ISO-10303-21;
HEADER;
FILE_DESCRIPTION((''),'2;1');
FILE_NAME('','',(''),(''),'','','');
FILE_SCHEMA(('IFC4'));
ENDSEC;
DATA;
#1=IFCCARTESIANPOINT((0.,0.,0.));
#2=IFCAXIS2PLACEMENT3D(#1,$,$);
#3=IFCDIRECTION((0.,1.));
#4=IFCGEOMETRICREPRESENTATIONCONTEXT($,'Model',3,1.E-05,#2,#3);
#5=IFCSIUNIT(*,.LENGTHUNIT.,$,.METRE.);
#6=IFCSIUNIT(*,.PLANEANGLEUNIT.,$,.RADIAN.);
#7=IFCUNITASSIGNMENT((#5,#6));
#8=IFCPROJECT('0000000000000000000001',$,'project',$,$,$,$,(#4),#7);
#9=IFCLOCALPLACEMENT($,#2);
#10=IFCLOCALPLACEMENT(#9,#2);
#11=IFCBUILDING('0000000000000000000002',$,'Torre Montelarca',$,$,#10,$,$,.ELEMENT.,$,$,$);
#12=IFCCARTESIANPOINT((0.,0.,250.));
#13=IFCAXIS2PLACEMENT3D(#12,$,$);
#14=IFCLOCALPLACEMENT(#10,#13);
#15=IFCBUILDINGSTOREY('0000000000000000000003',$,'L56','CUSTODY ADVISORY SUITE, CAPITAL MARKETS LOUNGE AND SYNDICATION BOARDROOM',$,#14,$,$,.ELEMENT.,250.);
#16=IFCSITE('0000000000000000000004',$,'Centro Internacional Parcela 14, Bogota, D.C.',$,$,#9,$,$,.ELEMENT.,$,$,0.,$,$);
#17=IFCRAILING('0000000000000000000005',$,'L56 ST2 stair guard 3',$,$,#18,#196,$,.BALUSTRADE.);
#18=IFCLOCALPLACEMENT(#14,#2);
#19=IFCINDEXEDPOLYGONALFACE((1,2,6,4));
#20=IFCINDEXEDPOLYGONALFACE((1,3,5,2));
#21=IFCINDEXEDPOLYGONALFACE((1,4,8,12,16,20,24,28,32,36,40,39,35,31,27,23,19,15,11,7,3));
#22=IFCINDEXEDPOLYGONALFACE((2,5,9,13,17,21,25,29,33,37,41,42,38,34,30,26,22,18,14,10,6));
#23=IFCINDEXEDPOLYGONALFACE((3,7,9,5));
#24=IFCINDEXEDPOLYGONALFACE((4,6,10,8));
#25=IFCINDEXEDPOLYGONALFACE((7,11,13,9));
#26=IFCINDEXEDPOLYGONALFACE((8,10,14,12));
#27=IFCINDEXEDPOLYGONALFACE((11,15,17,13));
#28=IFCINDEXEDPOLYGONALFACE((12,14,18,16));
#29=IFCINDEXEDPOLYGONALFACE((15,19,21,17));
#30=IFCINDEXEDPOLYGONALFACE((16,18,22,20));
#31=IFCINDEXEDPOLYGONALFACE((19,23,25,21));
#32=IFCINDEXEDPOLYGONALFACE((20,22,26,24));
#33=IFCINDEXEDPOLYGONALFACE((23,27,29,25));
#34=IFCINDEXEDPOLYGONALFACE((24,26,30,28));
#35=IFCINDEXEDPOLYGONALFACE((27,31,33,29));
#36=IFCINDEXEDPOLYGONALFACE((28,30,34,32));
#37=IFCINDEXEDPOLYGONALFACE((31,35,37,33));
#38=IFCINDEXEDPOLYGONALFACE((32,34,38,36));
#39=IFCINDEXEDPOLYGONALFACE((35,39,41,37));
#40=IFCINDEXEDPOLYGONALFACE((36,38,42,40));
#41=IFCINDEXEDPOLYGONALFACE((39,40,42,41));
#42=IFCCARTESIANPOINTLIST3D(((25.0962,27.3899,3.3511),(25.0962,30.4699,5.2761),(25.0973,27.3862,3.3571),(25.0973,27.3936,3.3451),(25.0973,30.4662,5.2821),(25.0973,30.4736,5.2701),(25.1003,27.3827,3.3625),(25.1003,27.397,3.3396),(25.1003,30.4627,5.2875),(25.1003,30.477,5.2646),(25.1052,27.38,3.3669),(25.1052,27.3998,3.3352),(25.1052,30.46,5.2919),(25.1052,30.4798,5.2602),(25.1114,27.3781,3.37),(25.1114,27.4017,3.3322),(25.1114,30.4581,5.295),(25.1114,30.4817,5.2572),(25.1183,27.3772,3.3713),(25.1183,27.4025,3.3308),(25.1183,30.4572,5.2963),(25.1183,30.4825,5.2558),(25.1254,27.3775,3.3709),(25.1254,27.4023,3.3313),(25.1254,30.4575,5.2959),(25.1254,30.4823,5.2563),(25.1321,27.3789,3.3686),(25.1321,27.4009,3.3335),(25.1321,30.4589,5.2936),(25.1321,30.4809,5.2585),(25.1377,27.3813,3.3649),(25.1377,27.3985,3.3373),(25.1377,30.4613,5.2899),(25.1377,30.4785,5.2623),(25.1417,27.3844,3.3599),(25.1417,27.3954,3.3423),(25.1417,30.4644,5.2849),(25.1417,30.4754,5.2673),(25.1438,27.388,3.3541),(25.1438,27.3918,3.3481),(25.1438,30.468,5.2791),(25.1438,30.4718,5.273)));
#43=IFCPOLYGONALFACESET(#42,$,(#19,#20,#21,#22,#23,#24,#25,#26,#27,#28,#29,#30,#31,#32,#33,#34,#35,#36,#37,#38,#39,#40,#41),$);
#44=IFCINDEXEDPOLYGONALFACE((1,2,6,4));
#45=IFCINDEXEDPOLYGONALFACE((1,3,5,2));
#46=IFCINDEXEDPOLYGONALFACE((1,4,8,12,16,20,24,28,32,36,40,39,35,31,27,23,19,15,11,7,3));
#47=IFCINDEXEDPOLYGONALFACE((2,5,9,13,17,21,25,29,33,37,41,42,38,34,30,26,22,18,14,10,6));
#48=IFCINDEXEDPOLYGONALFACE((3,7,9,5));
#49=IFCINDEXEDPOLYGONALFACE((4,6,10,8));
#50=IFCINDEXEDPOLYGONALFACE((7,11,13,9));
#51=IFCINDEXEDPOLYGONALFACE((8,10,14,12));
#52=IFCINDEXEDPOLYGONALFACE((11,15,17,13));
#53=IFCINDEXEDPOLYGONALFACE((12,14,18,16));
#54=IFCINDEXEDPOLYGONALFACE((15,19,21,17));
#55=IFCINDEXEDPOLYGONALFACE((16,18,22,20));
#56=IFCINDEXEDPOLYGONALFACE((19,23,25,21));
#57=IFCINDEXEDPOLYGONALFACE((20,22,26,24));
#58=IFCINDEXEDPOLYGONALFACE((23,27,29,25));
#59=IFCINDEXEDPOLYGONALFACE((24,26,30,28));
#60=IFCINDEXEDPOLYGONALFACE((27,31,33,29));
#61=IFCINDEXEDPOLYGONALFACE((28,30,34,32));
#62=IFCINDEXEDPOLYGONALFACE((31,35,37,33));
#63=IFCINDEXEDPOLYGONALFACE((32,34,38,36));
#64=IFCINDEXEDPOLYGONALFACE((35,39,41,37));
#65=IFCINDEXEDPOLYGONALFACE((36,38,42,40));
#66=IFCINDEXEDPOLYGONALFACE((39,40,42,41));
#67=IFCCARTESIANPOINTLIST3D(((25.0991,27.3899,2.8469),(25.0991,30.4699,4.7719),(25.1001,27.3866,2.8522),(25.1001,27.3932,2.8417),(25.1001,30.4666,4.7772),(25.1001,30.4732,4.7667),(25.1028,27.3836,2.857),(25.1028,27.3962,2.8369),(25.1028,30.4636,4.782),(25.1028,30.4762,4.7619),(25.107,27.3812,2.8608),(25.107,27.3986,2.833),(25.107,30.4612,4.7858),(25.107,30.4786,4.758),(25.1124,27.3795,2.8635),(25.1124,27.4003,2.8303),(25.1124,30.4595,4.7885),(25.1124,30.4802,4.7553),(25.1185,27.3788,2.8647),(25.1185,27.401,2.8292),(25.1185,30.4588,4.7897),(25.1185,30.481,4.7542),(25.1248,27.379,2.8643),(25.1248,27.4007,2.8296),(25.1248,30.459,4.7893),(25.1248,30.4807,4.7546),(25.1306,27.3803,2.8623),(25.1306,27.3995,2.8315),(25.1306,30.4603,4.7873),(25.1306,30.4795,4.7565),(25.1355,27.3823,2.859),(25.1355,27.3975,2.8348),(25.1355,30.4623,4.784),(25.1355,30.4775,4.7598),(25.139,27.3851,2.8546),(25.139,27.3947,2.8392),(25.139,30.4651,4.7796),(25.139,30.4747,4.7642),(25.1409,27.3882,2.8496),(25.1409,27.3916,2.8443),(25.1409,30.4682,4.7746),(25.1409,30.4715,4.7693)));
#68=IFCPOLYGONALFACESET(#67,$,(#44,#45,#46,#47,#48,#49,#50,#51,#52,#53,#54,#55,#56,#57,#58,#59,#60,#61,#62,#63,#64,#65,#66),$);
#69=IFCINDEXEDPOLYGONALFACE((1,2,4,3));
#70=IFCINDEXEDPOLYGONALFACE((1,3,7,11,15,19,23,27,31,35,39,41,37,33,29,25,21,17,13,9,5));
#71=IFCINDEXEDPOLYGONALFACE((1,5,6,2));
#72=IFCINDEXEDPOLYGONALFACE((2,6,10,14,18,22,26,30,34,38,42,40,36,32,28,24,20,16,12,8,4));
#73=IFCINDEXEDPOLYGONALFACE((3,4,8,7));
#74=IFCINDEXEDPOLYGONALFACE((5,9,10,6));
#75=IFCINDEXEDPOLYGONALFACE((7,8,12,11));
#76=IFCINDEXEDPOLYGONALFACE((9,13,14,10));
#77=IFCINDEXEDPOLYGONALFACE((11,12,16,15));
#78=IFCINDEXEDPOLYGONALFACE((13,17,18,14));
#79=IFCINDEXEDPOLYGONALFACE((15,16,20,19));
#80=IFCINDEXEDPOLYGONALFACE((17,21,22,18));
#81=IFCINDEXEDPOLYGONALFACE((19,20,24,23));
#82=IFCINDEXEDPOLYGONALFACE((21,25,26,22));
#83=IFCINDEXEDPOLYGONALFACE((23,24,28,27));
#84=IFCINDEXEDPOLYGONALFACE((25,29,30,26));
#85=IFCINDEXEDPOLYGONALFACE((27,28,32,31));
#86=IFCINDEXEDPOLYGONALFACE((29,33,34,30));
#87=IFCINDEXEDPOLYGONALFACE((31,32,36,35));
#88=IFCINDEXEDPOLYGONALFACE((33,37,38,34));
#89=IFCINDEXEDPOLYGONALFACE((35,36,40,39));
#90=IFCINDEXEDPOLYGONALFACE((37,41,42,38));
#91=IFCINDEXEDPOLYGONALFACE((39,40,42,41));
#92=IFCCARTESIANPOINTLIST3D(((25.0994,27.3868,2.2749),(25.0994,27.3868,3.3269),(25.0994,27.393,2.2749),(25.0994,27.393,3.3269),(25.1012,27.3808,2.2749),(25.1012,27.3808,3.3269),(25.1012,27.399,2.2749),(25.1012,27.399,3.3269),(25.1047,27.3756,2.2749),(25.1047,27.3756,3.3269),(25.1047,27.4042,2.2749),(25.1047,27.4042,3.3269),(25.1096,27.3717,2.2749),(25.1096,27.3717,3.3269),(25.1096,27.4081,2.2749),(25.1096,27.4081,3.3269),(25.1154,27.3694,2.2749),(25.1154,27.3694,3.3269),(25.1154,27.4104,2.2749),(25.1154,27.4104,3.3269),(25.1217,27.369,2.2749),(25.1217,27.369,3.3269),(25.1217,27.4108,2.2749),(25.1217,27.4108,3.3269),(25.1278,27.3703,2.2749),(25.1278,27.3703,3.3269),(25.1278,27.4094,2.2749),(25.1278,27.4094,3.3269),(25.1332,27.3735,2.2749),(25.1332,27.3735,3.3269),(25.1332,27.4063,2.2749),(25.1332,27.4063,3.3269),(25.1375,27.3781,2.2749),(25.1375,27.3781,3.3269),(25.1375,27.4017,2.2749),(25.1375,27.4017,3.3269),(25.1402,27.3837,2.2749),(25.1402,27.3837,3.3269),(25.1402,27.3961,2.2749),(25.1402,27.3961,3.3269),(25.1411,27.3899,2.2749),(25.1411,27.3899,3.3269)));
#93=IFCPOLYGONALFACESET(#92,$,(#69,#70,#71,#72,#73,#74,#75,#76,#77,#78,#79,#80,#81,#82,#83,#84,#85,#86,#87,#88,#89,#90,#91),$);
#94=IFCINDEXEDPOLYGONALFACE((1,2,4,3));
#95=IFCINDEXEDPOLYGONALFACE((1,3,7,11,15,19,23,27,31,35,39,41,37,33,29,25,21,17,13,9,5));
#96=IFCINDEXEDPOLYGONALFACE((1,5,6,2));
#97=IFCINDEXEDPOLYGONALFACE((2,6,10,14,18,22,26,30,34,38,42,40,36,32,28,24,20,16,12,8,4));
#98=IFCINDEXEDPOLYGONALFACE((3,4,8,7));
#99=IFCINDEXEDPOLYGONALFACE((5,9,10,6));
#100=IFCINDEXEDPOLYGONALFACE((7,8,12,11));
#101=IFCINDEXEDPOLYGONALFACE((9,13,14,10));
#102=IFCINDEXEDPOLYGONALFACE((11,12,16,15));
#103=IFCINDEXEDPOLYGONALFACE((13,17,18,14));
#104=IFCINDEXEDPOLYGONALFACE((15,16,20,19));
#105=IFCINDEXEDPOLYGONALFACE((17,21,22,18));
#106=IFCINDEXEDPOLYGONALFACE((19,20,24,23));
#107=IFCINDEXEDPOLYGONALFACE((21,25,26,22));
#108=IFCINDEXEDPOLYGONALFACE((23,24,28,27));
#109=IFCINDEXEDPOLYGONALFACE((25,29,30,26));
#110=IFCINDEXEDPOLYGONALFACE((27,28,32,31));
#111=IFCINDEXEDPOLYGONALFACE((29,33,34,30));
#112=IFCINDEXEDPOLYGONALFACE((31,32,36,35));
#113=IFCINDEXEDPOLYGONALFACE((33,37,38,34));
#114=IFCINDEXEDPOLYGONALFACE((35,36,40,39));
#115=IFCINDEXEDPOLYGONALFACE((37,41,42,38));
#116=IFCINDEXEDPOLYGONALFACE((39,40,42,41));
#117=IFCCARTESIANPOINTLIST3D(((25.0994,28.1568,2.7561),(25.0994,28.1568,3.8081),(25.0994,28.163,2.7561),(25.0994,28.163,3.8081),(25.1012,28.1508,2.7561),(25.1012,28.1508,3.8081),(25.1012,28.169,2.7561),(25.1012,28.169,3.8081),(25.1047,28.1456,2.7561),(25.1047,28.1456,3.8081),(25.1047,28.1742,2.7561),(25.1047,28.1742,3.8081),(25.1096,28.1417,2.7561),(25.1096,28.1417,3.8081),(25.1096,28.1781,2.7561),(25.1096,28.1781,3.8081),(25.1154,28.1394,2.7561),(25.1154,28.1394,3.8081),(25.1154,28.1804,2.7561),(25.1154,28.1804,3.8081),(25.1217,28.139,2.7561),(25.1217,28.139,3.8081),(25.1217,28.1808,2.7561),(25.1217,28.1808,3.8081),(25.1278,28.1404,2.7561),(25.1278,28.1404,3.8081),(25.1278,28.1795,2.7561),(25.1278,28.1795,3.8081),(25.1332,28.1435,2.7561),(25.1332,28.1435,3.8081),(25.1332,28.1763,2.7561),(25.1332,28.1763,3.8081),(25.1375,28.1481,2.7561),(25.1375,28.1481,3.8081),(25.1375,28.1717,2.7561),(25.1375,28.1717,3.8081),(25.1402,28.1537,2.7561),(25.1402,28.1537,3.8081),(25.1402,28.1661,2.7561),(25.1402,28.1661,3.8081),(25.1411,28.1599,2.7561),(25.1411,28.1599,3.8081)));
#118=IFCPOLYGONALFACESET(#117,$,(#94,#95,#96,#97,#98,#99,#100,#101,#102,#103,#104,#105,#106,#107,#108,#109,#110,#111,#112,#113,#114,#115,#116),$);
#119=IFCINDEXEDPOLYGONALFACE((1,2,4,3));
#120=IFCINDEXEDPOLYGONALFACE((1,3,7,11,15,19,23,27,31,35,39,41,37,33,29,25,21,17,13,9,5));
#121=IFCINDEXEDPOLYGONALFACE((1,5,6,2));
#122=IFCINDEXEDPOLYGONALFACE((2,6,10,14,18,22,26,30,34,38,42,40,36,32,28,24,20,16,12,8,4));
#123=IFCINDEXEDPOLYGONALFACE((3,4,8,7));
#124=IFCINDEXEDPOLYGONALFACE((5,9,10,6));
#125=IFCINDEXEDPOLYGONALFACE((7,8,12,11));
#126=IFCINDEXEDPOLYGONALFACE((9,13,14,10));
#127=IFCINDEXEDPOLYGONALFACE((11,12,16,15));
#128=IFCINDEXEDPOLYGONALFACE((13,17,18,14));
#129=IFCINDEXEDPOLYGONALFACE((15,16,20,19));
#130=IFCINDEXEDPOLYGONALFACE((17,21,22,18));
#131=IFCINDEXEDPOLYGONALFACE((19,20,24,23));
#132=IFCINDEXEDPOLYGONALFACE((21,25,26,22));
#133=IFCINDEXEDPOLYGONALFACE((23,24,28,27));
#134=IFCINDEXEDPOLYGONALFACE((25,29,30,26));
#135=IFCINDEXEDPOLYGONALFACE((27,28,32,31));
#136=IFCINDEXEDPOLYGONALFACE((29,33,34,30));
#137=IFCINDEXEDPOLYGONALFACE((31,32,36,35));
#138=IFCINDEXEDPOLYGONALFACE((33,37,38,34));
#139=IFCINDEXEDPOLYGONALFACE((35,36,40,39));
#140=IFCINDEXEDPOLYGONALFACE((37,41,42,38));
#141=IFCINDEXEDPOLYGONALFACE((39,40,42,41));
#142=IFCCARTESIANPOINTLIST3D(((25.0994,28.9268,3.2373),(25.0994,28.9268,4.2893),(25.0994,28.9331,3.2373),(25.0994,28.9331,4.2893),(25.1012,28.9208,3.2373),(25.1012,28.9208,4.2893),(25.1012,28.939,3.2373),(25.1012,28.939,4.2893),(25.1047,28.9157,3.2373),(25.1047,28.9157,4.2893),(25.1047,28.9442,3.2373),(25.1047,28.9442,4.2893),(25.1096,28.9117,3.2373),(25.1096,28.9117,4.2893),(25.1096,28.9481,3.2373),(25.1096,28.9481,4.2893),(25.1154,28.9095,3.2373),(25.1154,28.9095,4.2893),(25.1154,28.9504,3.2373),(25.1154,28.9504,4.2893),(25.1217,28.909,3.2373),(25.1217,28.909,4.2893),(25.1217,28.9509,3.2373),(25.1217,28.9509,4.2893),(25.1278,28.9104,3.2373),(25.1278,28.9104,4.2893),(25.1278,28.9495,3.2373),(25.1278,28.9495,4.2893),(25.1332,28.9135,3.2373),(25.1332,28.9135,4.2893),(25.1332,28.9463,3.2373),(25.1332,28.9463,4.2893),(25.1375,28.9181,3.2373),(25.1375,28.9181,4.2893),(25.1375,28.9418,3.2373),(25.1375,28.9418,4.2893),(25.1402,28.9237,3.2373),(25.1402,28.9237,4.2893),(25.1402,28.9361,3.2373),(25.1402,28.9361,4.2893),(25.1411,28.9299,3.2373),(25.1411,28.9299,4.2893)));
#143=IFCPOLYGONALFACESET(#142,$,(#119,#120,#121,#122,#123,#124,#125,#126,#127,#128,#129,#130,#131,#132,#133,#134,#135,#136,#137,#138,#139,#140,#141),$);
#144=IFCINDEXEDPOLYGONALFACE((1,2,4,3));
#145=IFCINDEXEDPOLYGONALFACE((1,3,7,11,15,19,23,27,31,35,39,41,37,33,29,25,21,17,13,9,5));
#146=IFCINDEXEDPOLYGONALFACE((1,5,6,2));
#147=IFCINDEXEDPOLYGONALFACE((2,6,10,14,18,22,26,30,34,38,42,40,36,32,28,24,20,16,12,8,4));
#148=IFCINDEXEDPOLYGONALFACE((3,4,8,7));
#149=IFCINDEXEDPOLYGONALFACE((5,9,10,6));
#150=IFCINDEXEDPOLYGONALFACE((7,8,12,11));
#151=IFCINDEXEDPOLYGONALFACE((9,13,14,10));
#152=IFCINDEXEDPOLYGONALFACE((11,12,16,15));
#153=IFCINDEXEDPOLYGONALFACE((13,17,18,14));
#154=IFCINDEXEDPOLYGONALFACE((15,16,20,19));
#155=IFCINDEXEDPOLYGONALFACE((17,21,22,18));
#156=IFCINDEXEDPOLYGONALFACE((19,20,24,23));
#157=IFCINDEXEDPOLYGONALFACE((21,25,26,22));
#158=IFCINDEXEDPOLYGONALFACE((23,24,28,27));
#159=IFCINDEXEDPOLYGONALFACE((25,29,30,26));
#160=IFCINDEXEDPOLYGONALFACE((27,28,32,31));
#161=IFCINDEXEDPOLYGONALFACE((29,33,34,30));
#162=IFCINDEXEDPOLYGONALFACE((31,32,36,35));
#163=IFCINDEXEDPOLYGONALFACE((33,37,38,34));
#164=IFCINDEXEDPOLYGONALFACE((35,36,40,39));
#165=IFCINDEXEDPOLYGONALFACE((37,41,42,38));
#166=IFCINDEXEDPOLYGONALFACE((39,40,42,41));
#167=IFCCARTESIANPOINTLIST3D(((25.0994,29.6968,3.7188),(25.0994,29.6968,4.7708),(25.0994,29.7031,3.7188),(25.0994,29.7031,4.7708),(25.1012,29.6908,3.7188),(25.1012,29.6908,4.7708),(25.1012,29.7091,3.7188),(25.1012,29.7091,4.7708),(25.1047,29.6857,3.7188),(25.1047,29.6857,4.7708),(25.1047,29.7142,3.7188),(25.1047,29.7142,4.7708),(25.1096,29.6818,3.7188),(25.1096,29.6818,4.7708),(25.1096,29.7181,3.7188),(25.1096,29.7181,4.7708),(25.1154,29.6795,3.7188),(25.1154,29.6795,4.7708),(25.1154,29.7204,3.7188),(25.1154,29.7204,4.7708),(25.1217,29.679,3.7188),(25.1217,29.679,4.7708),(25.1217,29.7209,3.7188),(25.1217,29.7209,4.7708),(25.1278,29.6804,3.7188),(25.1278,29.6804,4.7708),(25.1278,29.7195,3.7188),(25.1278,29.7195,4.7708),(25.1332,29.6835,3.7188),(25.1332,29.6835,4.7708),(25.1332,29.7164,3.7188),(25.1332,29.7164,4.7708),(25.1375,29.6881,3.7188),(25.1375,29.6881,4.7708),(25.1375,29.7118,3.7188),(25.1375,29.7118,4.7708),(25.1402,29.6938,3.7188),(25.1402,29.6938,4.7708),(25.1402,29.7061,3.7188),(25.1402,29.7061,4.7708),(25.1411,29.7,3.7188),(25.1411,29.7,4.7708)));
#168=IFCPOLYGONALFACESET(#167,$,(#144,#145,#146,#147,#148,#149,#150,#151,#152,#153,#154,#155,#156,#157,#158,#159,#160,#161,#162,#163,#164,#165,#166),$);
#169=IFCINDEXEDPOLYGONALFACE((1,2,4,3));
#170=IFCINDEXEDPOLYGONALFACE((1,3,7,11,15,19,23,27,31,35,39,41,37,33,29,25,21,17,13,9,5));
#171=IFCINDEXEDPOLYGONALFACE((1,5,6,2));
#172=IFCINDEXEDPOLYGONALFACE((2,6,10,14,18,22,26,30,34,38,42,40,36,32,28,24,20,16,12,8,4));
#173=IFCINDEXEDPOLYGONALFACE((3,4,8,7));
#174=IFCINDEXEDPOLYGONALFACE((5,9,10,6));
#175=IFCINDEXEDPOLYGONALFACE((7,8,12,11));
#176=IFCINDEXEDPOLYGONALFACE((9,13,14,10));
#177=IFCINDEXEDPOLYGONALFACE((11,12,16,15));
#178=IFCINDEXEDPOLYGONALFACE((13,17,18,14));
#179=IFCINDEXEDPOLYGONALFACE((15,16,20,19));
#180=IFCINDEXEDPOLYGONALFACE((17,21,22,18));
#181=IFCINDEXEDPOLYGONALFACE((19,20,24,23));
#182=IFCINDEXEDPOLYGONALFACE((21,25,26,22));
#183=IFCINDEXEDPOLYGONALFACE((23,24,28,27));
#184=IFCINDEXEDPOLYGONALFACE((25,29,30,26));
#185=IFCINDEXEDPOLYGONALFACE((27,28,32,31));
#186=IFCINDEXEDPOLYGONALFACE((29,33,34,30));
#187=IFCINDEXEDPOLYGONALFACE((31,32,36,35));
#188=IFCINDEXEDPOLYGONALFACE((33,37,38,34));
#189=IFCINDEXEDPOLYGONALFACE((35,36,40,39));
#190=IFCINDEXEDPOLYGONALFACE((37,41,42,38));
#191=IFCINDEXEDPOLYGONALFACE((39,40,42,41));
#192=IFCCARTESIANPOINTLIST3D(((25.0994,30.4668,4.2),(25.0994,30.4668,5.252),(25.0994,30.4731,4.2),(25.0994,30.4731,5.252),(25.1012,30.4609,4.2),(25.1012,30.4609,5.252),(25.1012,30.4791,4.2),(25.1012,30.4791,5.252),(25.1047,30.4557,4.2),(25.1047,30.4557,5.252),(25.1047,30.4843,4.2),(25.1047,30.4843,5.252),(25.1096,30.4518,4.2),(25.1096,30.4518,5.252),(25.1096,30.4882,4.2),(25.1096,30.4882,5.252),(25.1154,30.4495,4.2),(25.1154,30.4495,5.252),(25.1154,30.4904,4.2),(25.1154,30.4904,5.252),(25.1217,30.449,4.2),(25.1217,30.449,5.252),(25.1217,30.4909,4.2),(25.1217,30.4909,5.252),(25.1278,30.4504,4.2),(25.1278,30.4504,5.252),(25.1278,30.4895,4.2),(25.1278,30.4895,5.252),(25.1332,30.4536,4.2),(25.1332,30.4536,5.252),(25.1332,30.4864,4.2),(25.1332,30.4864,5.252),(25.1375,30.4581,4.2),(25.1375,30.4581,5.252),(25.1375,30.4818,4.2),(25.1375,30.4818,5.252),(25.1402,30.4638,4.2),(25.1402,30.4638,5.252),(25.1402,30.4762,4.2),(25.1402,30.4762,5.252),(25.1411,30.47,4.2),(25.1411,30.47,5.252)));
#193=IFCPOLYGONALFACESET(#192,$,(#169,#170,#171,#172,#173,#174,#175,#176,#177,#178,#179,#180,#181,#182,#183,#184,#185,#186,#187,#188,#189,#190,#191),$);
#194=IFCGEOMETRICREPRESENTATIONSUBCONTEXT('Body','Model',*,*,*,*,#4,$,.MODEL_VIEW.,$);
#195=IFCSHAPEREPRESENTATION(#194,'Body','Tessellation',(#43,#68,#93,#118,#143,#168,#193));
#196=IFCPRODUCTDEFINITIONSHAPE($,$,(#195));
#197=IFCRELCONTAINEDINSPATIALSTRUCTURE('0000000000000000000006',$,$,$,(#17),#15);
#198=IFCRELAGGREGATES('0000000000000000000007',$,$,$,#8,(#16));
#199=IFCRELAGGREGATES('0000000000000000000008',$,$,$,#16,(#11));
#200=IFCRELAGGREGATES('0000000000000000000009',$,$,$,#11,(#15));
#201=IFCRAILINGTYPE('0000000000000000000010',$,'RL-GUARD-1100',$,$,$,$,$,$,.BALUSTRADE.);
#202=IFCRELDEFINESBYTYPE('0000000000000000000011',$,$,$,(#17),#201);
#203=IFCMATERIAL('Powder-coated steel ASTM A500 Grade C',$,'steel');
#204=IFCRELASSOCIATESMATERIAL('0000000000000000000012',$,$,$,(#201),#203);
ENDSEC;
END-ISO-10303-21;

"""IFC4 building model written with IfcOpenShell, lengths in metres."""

from ifc_helpers import new_model, si_unit, direction, frame, origin, origin_2d, place, context, subcontext, project, spatial, circle, extrude, material, type_object, element, save


model = new_model("IFC4")

# Units and contexts
model_context = context("Model", 3, precision=1e-05, world=origin(), true_north=direction((0.0, 1.0)))
body_context = subcontext(model_context, "Body", "Model", "MODEL_VIEW")
ifc_project = project(units=[si_unit("LENGTHUNIT", "METRE"), si_unit("PLANEANGLEUNIT", "RADIAN")], contexts=[model_context])

# Site, building, storey
site_placement = place(None, origin())
site = spatial("IfcSite", under=ifc_project, at=site_placement, Name="Centro Internacional Parcela 14, Bogota, D.C.", CompositionType="ELEMENT", RefElevation=0.0)
building_placement = place(site_placement, origin())
building = spatial("IfcBuilding", under=site, at=building_placement, Name="Torre Montelarca", CompositionType="ELEMENT")
storey_placement = place(building_placement, frame((0.0, 0.0, 250.0)))
storey = spatial("IfcBuildingStorey", under=building, at=storey_placement, Name="L56", Description="CUSTODY ADVISORY SUITE, CAPITAL MARKETS LOUNGE AND SYNDICATION BOARDROOM", CompositionType="ELEMENT", Elevation=250.0)

# Railing
ifc_material_1 = material(Name="Powder-coated steel ASTM A500 Grade C", Category="steel")
railing_type_1 = type_object("IfcRailingType", Name="RL-GUARD-1100", PredefinedType="BALUSTRADE", material=ifc_material_1)
railing_1_placement = place(storey_placement, frame((25.1201, 27.3899, 2.2749)))
element("IfcRailing", 1, at=railing_1_placement, inside=storey, type_object=railing_type_1, Name="L56 ST2 stair guard 3", PredefinedType="BALUSTRADE", context=body_context, shape_type="SweptSolid", body=[
    extrude(circle(Radius=0.0239, at=origin_2d()), frame((0.0, 0.0, 1.0762), z_axis=(0.0, 0.847998, 0.529999), x_axis=(-1.0, 0.0, 0.0)), (0.0, 0.0, 1.0), 3.6321),
    extrude(circle(Radius=0.021, at=origin_2d()), frame((0.0, 0.0, 0.572), z_axis=(0.0, 0.847998, 0.529999), x_axis=(-1.0, 0.0, 0.0)), (0.0, 0.0, 1.0), 3.6321),
    extrude(circle(Radius=0.021, at=origin_2d()), origin(), (0.0, 0.0, 1.0), 1.052),
    extrude(circle(Radius=0.021, at=origin_2d()), frame((0.0, 0.77, 0.4812)), (0.0, 0.0, 1.0), 1.052),
    extrude(circle(Radius=0.021, at=origin_2d()), frame((0.0, 1.54, 0.9624)), (0.0, 0.0, 1.0), 1.052),
    extrude(circle(Radius=0.021, at=origin_2d()), frame((0.0, 2.3101, 1.4438)), (0.0, 0.0, 1.0), 1.052),
    extrude(circle(Radius=0.021, at=origin_2d()), frame((0.0, 3.0801, 1.925)), (0.0, 0.0, 1.0), 1.052),
])

save(model, "model.ifc")
